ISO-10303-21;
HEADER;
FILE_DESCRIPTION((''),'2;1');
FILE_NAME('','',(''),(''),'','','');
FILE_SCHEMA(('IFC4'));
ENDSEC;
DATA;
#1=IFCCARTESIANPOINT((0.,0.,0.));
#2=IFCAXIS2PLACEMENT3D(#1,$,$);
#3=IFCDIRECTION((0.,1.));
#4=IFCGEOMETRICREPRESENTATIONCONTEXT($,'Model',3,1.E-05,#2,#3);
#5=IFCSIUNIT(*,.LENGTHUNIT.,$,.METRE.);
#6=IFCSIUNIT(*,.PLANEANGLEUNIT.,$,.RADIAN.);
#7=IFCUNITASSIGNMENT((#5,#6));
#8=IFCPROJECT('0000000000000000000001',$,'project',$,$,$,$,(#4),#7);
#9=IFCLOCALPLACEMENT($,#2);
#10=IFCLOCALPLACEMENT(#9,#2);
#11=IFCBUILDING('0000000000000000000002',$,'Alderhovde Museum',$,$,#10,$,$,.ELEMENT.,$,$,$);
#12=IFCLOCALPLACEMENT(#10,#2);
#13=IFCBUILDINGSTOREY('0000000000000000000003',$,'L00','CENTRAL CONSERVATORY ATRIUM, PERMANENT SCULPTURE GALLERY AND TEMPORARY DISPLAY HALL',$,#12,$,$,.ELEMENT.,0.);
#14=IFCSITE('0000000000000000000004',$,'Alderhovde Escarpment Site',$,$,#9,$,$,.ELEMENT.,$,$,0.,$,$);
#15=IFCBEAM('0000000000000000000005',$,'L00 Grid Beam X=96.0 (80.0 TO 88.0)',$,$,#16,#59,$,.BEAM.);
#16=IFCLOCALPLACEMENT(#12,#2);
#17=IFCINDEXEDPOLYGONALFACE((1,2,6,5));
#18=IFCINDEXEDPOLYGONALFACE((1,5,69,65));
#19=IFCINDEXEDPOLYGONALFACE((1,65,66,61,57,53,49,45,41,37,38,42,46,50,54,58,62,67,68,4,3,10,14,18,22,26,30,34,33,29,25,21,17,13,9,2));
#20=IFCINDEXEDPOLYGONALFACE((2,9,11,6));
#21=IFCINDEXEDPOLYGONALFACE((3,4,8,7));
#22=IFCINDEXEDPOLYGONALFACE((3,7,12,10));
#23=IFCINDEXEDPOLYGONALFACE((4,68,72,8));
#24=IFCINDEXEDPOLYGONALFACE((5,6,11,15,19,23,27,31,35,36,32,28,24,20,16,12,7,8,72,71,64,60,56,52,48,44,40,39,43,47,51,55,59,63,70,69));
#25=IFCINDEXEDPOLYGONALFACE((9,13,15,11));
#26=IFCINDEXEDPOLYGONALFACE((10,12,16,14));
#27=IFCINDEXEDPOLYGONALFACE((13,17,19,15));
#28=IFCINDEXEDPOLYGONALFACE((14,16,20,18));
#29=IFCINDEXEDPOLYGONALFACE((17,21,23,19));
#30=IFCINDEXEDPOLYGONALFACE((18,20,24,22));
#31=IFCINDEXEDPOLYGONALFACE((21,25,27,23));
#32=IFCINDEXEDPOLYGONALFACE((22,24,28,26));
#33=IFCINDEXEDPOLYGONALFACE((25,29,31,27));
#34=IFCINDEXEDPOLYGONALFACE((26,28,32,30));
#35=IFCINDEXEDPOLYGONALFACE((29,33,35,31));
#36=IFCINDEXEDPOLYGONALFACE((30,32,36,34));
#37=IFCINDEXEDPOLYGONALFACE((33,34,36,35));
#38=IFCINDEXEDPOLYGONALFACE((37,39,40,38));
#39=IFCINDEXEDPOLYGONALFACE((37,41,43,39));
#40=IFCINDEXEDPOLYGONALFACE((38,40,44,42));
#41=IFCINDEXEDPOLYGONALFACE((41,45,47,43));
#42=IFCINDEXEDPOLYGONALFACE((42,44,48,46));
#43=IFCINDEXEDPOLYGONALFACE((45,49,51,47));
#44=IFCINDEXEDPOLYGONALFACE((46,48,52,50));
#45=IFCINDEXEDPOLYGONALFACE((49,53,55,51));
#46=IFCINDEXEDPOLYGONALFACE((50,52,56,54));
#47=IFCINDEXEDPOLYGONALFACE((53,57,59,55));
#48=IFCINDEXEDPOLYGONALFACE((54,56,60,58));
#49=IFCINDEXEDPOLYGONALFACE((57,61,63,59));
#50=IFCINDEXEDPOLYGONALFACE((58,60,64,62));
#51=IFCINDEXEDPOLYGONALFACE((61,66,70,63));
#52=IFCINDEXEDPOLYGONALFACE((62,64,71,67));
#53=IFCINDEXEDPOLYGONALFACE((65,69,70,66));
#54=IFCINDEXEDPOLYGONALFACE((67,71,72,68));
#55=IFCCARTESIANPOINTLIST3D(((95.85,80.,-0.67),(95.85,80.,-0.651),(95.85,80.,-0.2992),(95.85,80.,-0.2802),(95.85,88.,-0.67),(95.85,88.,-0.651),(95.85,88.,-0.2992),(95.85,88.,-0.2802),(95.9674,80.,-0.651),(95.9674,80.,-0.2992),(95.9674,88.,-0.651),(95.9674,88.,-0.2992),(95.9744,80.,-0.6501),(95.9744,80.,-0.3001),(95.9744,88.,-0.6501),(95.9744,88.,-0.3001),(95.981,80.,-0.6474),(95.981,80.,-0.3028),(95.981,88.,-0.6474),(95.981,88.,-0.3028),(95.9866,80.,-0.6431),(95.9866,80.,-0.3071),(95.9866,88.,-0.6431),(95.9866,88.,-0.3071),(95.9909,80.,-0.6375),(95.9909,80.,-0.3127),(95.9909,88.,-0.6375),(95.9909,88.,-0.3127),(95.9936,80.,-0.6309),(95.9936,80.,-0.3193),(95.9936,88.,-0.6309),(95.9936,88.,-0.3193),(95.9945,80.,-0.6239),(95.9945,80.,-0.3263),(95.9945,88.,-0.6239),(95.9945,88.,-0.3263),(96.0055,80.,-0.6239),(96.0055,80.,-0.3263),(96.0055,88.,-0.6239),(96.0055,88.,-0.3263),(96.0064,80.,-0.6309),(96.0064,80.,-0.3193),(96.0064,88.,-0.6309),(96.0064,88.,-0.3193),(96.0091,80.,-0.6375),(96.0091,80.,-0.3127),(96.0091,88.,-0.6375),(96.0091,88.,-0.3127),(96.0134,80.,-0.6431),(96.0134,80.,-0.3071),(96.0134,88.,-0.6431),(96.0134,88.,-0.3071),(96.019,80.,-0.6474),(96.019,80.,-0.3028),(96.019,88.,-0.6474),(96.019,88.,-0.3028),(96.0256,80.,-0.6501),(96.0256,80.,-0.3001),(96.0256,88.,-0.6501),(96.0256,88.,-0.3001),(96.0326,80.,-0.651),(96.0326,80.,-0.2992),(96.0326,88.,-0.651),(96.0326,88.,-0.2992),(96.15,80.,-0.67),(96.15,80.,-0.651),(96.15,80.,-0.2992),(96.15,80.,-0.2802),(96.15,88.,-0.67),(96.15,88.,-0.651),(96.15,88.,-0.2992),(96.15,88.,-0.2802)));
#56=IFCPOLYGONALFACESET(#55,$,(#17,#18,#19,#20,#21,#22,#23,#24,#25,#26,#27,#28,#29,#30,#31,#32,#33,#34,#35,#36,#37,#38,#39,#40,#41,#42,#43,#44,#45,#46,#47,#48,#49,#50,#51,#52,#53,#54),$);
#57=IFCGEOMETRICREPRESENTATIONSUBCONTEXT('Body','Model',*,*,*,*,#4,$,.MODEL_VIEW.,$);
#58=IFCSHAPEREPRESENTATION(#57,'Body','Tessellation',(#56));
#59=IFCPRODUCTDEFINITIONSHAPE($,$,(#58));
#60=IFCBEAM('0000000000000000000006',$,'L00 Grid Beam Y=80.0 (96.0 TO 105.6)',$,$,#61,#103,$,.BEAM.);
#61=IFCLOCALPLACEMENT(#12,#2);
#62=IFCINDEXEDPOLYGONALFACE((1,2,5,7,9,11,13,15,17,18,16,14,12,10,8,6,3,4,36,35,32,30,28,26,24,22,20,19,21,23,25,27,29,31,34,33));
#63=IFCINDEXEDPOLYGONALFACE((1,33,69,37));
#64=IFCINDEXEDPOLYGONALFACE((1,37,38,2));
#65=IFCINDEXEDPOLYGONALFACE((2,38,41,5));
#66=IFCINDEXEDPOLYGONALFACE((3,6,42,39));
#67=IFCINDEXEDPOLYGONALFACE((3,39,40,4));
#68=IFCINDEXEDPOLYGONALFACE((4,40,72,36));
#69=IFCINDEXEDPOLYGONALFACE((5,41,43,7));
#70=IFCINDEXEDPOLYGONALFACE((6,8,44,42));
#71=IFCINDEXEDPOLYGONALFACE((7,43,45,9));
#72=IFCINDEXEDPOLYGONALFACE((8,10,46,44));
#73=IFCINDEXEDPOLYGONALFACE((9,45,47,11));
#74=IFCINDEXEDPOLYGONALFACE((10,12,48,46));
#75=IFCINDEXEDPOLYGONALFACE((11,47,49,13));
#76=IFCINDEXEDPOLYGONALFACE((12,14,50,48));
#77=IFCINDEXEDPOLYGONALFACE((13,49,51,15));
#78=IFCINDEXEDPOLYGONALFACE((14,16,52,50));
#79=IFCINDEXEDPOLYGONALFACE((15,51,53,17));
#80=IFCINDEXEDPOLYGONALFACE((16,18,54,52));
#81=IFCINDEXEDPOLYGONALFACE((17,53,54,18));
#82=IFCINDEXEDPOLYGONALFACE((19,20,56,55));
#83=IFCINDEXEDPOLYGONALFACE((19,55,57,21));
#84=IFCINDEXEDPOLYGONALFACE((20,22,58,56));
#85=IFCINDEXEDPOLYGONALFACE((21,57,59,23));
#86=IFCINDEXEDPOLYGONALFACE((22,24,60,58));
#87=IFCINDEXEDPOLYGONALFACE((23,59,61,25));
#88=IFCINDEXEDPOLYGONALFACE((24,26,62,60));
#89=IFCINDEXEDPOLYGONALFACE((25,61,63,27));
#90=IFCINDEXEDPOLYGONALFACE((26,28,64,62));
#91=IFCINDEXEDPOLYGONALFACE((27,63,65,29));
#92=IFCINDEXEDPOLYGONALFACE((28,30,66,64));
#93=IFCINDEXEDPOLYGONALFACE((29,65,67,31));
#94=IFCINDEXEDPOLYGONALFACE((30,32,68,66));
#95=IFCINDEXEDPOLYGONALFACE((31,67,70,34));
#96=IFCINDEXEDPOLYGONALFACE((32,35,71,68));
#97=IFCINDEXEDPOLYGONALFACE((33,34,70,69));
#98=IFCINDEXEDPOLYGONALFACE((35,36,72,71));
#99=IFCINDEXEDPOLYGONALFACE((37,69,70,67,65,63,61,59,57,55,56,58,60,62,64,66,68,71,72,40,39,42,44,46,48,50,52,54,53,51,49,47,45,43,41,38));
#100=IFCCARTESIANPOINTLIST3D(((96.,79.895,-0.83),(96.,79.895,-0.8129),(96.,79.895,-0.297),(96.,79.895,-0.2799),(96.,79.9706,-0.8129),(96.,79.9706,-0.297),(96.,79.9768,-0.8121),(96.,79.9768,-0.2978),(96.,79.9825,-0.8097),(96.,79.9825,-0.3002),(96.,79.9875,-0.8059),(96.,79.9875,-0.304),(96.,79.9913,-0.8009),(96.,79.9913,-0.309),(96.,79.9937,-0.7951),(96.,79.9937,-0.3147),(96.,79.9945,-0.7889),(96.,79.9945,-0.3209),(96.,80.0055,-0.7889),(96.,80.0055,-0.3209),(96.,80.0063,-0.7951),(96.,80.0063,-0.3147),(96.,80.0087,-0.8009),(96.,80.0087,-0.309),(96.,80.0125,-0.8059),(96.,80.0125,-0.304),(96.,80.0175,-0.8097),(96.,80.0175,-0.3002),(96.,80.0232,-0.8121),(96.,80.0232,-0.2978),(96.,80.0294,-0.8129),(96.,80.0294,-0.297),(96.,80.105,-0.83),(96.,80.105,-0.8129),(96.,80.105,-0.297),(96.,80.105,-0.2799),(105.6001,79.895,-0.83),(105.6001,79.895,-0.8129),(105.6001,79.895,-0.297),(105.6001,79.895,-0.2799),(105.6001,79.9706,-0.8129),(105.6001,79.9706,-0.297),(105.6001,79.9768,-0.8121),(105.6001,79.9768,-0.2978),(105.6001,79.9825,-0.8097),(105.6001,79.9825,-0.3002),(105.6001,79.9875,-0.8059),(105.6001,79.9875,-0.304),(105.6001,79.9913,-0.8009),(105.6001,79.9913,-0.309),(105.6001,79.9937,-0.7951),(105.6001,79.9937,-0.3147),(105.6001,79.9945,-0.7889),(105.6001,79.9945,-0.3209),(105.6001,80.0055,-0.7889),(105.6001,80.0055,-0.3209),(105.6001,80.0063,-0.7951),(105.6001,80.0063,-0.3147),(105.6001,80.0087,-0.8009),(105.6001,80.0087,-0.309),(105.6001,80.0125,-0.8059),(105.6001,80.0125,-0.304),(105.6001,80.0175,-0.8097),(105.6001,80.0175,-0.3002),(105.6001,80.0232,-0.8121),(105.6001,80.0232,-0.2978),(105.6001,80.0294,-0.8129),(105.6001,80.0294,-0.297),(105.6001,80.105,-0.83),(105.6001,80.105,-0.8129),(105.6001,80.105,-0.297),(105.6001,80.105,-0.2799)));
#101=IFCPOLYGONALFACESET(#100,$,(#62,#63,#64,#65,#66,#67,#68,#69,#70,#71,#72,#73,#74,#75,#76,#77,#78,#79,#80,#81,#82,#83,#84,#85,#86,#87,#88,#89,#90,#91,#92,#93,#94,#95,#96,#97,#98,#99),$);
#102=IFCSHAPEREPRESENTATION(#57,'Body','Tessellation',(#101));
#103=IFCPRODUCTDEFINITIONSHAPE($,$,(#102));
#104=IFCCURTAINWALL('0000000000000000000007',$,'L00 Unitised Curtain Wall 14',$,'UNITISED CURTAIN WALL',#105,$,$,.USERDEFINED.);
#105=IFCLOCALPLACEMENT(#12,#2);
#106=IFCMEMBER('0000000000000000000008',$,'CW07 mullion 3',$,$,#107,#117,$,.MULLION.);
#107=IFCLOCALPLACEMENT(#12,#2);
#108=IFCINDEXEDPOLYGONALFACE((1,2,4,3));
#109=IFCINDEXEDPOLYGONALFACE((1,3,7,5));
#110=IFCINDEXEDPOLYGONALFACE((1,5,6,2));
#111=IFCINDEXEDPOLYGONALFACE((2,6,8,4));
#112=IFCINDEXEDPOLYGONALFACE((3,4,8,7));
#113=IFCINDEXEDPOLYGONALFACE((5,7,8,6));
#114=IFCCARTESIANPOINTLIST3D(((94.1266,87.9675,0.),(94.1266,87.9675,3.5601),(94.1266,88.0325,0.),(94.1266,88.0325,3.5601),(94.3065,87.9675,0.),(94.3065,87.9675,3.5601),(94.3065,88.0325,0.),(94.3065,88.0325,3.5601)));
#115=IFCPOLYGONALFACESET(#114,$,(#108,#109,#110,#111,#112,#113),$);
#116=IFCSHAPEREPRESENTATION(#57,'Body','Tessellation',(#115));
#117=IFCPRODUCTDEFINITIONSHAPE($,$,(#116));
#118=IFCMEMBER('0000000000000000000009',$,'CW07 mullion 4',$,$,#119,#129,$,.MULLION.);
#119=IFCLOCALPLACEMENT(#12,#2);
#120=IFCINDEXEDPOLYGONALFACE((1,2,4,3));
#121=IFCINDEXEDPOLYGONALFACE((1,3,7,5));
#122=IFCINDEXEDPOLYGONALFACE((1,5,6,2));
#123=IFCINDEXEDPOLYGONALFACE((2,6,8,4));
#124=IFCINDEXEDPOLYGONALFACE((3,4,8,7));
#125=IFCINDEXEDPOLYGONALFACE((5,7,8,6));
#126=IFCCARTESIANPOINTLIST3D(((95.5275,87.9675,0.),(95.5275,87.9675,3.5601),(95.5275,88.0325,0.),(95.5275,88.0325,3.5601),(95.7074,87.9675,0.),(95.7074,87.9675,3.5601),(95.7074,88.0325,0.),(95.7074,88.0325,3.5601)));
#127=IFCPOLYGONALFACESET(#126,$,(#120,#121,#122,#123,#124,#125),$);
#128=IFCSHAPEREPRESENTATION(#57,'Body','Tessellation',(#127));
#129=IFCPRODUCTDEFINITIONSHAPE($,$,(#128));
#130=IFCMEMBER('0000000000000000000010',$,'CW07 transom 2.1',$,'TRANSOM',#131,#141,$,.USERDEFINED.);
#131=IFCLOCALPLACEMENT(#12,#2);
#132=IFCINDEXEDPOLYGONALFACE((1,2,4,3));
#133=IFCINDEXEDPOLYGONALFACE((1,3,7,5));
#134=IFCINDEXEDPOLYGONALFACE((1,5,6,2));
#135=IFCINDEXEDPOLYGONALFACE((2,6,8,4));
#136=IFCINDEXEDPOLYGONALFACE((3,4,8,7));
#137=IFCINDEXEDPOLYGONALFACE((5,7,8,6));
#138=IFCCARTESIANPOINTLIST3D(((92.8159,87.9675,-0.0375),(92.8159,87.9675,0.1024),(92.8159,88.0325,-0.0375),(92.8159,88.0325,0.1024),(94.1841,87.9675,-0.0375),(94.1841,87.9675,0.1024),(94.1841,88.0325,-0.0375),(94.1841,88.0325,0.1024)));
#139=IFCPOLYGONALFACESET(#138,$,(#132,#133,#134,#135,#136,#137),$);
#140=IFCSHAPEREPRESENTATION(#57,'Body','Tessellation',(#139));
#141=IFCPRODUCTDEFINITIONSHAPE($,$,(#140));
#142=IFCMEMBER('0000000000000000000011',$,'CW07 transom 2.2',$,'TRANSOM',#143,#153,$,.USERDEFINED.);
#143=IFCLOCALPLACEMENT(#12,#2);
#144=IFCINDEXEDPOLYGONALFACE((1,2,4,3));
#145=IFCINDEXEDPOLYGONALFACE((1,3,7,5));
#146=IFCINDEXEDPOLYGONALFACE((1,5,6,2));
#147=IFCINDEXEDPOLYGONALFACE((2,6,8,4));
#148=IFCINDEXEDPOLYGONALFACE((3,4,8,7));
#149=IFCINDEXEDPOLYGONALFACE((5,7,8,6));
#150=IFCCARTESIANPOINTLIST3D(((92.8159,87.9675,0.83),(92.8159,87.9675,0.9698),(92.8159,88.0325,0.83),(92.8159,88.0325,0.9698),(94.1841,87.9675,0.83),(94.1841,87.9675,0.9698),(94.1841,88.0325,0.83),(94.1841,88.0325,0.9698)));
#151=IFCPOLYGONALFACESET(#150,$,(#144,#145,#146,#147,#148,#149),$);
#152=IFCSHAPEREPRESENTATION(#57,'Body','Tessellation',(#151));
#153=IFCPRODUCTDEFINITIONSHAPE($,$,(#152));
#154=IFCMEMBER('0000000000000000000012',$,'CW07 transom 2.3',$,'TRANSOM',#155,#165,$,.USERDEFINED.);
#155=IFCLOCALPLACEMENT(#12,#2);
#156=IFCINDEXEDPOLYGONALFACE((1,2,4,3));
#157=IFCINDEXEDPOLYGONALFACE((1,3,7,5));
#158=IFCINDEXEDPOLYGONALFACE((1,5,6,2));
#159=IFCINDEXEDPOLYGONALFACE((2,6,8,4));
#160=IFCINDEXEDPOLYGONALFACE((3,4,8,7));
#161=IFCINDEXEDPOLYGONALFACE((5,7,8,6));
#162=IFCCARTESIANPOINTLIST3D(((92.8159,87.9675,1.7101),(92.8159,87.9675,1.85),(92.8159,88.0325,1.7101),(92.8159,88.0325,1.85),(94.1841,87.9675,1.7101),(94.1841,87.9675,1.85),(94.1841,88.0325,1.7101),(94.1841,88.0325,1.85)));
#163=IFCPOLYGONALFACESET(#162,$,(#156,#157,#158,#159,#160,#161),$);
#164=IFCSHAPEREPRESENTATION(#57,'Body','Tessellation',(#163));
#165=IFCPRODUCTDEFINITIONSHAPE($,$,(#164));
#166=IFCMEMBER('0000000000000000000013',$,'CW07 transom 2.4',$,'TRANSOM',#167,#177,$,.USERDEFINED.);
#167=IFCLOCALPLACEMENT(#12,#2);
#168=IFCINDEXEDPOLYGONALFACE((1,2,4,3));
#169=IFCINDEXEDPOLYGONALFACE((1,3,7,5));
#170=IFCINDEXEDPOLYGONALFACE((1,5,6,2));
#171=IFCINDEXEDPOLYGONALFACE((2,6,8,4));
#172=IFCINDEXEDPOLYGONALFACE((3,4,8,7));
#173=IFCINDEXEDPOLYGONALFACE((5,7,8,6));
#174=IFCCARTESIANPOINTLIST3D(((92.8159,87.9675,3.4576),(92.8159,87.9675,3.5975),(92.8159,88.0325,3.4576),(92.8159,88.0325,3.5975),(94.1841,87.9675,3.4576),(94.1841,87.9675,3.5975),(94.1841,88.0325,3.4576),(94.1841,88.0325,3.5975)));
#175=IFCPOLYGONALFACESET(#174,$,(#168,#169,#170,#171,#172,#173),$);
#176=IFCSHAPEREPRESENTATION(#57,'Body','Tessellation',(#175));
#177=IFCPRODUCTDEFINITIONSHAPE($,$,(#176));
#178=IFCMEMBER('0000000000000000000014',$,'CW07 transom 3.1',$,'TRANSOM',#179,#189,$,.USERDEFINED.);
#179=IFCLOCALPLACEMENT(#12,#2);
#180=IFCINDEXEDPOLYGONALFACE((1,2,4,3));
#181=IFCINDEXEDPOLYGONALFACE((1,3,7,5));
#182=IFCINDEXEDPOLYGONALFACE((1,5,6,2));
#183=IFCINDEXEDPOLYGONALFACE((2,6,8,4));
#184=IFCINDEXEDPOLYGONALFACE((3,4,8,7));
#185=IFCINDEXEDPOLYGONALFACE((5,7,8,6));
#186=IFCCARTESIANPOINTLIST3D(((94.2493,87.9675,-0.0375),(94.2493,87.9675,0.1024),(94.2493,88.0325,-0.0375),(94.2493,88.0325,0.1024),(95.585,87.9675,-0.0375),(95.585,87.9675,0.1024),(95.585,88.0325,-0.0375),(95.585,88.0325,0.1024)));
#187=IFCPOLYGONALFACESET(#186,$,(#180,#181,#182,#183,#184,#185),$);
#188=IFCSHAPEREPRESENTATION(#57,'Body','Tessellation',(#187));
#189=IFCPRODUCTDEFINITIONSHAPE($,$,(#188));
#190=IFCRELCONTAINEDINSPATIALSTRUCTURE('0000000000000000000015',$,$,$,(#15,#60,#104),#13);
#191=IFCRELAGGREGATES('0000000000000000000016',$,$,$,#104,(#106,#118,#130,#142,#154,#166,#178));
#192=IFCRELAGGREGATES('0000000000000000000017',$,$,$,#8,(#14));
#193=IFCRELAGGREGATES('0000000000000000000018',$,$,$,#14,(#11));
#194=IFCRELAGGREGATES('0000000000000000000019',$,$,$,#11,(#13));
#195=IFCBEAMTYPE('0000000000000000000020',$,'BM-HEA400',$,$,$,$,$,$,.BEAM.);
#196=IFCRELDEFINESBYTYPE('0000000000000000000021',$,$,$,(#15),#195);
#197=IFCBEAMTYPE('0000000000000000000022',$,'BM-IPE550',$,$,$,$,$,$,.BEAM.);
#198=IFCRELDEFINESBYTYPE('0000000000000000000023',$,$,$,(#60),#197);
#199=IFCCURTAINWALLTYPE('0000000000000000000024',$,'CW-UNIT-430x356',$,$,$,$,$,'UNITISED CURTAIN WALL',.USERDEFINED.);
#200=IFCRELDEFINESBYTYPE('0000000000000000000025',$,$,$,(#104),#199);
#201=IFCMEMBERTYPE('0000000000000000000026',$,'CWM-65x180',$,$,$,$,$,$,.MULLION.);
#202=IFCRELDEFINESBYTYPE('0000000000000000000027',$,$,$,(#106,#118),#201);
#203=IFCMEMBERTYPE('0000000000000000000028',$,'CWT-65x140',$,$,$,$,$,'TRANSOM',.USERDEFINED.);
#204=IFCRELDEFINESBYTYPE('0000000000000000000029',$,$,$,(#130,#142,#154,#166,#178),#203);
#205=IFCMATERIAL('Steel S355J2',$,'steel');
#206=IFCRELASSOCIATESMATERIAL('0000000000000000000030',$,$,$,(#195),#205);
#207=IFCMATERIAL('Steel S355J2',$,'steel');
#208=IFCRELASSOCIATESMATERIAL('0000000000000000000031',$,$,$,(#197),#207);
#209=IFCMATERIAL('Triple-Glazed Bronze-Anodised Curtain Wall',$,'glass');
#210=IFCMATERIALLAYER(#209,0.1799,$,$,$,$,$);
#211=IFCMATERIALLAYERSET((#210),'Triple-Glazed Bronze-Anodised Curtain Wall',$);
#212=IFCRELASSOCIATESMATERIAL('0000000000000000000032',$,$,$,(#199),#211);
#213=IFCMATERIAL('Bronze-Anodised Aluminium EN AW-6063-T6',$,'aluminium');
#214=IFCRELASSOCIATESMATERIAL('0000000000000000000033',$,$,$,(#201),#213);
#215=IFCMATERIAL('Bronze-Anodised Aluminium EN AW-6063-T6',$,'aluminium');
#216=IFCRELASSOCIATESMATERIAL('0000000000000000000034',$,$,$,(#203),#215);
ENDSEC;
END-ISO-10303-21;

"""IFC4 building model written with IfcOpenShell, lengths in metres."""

from ifc_helpers import new_model, si_unit, direction, frame, origin, origin_2d, place, context, subcontext, project, spatial, rectangle, i_section, extrude, material, layer, layer_set, material_profile, profile_set, type_object, element, aggregate, save


model = new_model("IFC4")

# Units and contexts
model_context = context("Model", 3, precision=1e-05, world=origin(), true_north=direction((0.0, 1.0)))
body_context = subcontext(model_context, "Body", "Model", "MODEL_VIEW")
ifc_project = project(units=[si_unit("LENGTHUNIT", "METRE"), si_unit("PLANEANGLEUNIT", "RADIAN")], contexts=[model_context])

# Site, building, storey
site_placement = place(None, origin())
site = spatial("IfcSite", under=ifc_project, at=site_placement, Name="Alderhovde Escarpment Site", CompositionType="ELEMENT", RefElevation=0.0)
building_placement = place(site_placement, origin())
building = spatial("IfcBuilding", under=site, at=building_placement, Name="Alderhovde Museum", CompositionType="ELEMENT")
storey_placement = place(building_placement, origin())
storey = spatial("IfcBuildingStorey", under=building, at=storey_placement, Name="L00", Description="CENTRAL CONSERVATORY ATRIUM, PERMANENT SCULPTURE GALLERY AND TEMPORARY DISPLAY HALL", CompositionType="ELEMENT", Elevation=0.0)

# Beams
ifc_material_1 = material(Name="Steel S355J2", Category="steel")
ifc_material_profile_1 = material_profile(ifc_material_1, i_section(OverallWidth=0.3, OverallDepth=0.3899, WebThickness=0.011, FlangeThickness=0.019, FilletRadius=0.0271, at=origin_2d()), Name="HEA 400")
ifc_profile_set_1 = profile_set([ifc_material_profile_1], Name="Steel S355J2")
beam_type_1 = type_object("IfcBeamType", Name="BM-HEA400", PredefinedType="BEAM", material=ifc_profile_set_1)
beam_1_placement = place(storey_placement, frame((96.0, 80.0, -0.4751), z_axis=(0.0, 1.0, 0.0), x_axis=(-1.0, 0.0, 0.0)))
element("IfcBeam", 1, at=beam_1_placement, inside=storey, type_object=beam_type_1, Name="L00 Grid Beam X=96.0 (80.0 TO 88.0)", PredefinedType="BEAM", context=body_context, shape_type="SweptSolid", body=[
    extrude(i_section(OverallWidth=0.3, OverallDepth=0.3899, WebThickness=0.011, FlangeThickness=0.019, FilletRadius=0.0271, at=origin_2d()), origin(), (0.0, 0.0, 1.0), 8.0),
])
ifc_material_2 = material(Name="Steel S355J2", Category="steel")
ifc_material_profile_2 = material_profile(ifc_material_2, i_section(OverallWidth=0.21, OverallDepth=0.55, WebThickness=0.011, FlangeThickness=0.0171, FilletRadius=0.0239, at=origin_2d()), Name="IPE 550")
ifc_profile_set_2 = profile_set([ifc_material_profile_2], Name="Steel S355J2")
beam_type_2 = type_object("IfcBeamType", Name="BM-IPE550", PredefinedType="BEAM", material=ifc_profile_set_2)
beam_2_placement = place(storey_placement, frame((96.0, 80.0, -0.5549), z_axis=(1.0, 0.0, 0.0), x_axis=(0.0, 1.0, 0.0)))
element("IfcBeam", 2, at=beam_2_placement, inside=storey, type_object=beam_type_2, Name="L00 Grid Beam Y=80.0 (96.0 TO 105.6)", PredefinedType="BEAM", context=body_context, shape_type="SweptSolid", body=[
    extrude(i_section(OverallWidth=0.21, OverallDepth=0.55, WebThickness=0.011, FlangeThickness=0.0171, FilletRadius=0.0239, at=origin_2d()), origin(), (0.0, 0.0, 1.0), 9.6001),
])

# Curtain wall, members
ifc_material_3 = material(Name="Triple-Glazed Bronze-Anodised Curtain Wall", Category="glass")
ifc_layer_1 = layer(ifc_material_3, 0.1799)
ifc_layer_set_1 = layer_set([ifc_layer_1], Name="Triple-Glazed Bronze-Anodised Curtain Wall")
curtain_wall_type = type_object("IfcCurtainWallType", Name="CW-UNIT-430x356", ElementType="UNITISED CURTAIN WALL", PredefinedType="USERDEFINED", material=ifc_layer_set_1)
curtain_wall_placement = place(storey_placement, origin())
curtain_wall = element("IfcCurtainWall", 3, at=curtain_wall_placement, inside=storey, type_object=curtain_wall_type, Name="L00 Unitised Curtain Wall 14", ObjectType="UNITISED CURTAIN WALL", PredefinedType="USERDEFINED")
ifc_material_4 = material(Name="Bronze-Anodised Aluminium EN AW-6063-T6", Category="aluminium")
ifc_material_profile_3 = material_profile(ifc_material_4, rectangle(XDim=0.0649, YDim=0.1799, at=origin_2d()), Name="MULLION 65x180")
ifc_profile_set_3 = profile_set([ifc_material_profile_3], Name="Bronze-Anodised Aluminium EN AW-6063-T6")
member_type_1 = type_object("IfcMemberType", Name="CWM-65x180", PredefinedType="MULLION", material=ifc_profile_set_3)
member_1_placement = place(storey_placement, frame((94.2166, 88.0, 0.0), z_axis=(0.0, 0.0, 1.0), x_axis=(0.0, 1.0, 0.0)))
member_1 = element("IfcMember", 4, at=member_1_placement, type_object=member_type_1, Name="CW07 mullion 3", PredefinedType="MULLION", context=body_context, shape_type="SweptSolid", body=[
    extrude(rectangle(XDim=0.0649, YDim=0.1799, at=origin_2d()), origin(), (0.0, 0.0, 1.0), 3.5601),
])
member_2_placement = place(storey_placement, frame((95.6174, 88.0, 0.0), z_axis=(0.0, 0.0, 1.0), x_axis=(0.0, 1.0, 0.0)))
member_2 = element("IfcMember", 5, at=member_2_placement, type_object=member_type_1, Name="CW07 mullion 4", PredefinedType="MULLION", context=body_context, shape_type="SweptSolid", body=[
    extrude(rectangle(XDim=0.0649, YDim=0.1799, at=origin_2d()), origin(), (0.0, 0.0, 1.0), 3.5601),
])
ifc_material_5 = material(Name="Bronze-Anodised Aluminium EN AW-6063-T6", Category="aluminium")
ifc_material_profile_4 = material_profile(ifc_material_5, rectangle(XDim=0.0649, YDim=0.1399, at=origin_2d()), Name="TRANSOM 65x140")
ifc_profile_set_4 = profile_set([ifc_material_profile_4], Name="Bronze-Anodised Aluminium EN AW-6063-T6")
member_type_2 = type_object("IfcMemberType", Name="CWT-65x140", ElementType="TRANSOM", PredefinedType="USERDEFINED", material=ifc_profile_set_4)
member_3_placement = place(storey_placement, frame((92.8159, 88.0, 0.0325), z_axis=(1.0, 0.0, 0.0), x_axis=(0.0, 1.0, 0.0)))
member_3 = element("IfcMember", 6, at=member_3_placement, type_object=member_type_2, Name="CW07 transom 2.1", ObjectType="TRANSOM", PredefinedType="USERDEFINED", context=body_context, shape_type="SweptSolid", body=[
    extrude(rectangle(XDim=0.0649, YDim=0.1399, at=origin_2d()), origin(), (0.0, 0.0, 1.0), 1.3682),
])
member_4_placement = place(storey_placement, frame((92.8159, 88.0, 0.8999), z_axis=(1.0, 0.0, 0.0), x_axis=(0.0, 1.0, 0.0)))
member_4 = element("IfcMember", 7, at=member_4_placement, type_object=member_type_2, Name="CW07 transom 2.2", ObjectType="TRANSOM", PredefinedType="USERDEFINED", context=body_context, shape_type="SweptSolid", body=[
    extrude(rectangle(XDim=0.0649, YDim=0.1399, at=origin_2d()), origin(), (0.0, 0.0, 1.0), 1.3682),
])
member_5_placement = place(storey_placement, frame((92.8159, 88.0, 1.78), z_axis=(1.0, 0.0, 0.0), x_axis=(0.0, 1.0, 0.0)))
member_5 = element("IfcMember", 8, at=member_5_placement, type_object=member_type_2, Name="CW07 transom 2.3", ObjectType="TRANSOM", PredefinedType="USERDEFINED", context=body_context, shape_type="SweptSolid", body=[
    extrude(rectangle(XDim=0.0649, YDim=0.1399, at=origin_2d()), origin(), (0.0, 0.0, 1.0), 1.3682),
])
member_6_placement = place(storey_placement, frame((92.8159, 88.0, 3.5276), z_axis=(1.0, 0.0, 0.0), x_axis=(0.0, 1.0, 0.0)))
member_6 = element("IfcMember", 9, at=member_6_placement, type_object=member_type_2, Name="CW07 transom 2.4", ObjectType="TRANSOM", PredefinedType="USERDEFINED", context=body_context, shape_type="SweptSolid", body=[
    extrude(rectangle(XDim=0.0649, YDim=0.1399, at=origin_2d()), origin(), (0.0, 0.0, 1.0), 1.3682),
])
member_7_placement = place(storey_placement, frame((94.2493, 88.0, 0.0325), z_axis=(1.0, 0.0, 0.0), x_axis=(0.0, 1.0, 0.0)))
member_7 = element("IfcMember", 10, at=member_7_placement, type_object=member_type_2, Name="CW07 transom 3.1", ObjectType="TRANSOM", PredefinedType="USERDEFINED", context=body_context, shape_type="SweptSolid", body=[
    extrude(rectangle(XDim=0.0649, YDim=0.1399, at=origin_2d()), origin(), (0.0, 0.0, 1.0), 1.3357),
])

aggregate(curtain_wall, [member_1, member_2, member_3, member_4, member_5, member_6, member_7])

save(model, "model.ifc")
